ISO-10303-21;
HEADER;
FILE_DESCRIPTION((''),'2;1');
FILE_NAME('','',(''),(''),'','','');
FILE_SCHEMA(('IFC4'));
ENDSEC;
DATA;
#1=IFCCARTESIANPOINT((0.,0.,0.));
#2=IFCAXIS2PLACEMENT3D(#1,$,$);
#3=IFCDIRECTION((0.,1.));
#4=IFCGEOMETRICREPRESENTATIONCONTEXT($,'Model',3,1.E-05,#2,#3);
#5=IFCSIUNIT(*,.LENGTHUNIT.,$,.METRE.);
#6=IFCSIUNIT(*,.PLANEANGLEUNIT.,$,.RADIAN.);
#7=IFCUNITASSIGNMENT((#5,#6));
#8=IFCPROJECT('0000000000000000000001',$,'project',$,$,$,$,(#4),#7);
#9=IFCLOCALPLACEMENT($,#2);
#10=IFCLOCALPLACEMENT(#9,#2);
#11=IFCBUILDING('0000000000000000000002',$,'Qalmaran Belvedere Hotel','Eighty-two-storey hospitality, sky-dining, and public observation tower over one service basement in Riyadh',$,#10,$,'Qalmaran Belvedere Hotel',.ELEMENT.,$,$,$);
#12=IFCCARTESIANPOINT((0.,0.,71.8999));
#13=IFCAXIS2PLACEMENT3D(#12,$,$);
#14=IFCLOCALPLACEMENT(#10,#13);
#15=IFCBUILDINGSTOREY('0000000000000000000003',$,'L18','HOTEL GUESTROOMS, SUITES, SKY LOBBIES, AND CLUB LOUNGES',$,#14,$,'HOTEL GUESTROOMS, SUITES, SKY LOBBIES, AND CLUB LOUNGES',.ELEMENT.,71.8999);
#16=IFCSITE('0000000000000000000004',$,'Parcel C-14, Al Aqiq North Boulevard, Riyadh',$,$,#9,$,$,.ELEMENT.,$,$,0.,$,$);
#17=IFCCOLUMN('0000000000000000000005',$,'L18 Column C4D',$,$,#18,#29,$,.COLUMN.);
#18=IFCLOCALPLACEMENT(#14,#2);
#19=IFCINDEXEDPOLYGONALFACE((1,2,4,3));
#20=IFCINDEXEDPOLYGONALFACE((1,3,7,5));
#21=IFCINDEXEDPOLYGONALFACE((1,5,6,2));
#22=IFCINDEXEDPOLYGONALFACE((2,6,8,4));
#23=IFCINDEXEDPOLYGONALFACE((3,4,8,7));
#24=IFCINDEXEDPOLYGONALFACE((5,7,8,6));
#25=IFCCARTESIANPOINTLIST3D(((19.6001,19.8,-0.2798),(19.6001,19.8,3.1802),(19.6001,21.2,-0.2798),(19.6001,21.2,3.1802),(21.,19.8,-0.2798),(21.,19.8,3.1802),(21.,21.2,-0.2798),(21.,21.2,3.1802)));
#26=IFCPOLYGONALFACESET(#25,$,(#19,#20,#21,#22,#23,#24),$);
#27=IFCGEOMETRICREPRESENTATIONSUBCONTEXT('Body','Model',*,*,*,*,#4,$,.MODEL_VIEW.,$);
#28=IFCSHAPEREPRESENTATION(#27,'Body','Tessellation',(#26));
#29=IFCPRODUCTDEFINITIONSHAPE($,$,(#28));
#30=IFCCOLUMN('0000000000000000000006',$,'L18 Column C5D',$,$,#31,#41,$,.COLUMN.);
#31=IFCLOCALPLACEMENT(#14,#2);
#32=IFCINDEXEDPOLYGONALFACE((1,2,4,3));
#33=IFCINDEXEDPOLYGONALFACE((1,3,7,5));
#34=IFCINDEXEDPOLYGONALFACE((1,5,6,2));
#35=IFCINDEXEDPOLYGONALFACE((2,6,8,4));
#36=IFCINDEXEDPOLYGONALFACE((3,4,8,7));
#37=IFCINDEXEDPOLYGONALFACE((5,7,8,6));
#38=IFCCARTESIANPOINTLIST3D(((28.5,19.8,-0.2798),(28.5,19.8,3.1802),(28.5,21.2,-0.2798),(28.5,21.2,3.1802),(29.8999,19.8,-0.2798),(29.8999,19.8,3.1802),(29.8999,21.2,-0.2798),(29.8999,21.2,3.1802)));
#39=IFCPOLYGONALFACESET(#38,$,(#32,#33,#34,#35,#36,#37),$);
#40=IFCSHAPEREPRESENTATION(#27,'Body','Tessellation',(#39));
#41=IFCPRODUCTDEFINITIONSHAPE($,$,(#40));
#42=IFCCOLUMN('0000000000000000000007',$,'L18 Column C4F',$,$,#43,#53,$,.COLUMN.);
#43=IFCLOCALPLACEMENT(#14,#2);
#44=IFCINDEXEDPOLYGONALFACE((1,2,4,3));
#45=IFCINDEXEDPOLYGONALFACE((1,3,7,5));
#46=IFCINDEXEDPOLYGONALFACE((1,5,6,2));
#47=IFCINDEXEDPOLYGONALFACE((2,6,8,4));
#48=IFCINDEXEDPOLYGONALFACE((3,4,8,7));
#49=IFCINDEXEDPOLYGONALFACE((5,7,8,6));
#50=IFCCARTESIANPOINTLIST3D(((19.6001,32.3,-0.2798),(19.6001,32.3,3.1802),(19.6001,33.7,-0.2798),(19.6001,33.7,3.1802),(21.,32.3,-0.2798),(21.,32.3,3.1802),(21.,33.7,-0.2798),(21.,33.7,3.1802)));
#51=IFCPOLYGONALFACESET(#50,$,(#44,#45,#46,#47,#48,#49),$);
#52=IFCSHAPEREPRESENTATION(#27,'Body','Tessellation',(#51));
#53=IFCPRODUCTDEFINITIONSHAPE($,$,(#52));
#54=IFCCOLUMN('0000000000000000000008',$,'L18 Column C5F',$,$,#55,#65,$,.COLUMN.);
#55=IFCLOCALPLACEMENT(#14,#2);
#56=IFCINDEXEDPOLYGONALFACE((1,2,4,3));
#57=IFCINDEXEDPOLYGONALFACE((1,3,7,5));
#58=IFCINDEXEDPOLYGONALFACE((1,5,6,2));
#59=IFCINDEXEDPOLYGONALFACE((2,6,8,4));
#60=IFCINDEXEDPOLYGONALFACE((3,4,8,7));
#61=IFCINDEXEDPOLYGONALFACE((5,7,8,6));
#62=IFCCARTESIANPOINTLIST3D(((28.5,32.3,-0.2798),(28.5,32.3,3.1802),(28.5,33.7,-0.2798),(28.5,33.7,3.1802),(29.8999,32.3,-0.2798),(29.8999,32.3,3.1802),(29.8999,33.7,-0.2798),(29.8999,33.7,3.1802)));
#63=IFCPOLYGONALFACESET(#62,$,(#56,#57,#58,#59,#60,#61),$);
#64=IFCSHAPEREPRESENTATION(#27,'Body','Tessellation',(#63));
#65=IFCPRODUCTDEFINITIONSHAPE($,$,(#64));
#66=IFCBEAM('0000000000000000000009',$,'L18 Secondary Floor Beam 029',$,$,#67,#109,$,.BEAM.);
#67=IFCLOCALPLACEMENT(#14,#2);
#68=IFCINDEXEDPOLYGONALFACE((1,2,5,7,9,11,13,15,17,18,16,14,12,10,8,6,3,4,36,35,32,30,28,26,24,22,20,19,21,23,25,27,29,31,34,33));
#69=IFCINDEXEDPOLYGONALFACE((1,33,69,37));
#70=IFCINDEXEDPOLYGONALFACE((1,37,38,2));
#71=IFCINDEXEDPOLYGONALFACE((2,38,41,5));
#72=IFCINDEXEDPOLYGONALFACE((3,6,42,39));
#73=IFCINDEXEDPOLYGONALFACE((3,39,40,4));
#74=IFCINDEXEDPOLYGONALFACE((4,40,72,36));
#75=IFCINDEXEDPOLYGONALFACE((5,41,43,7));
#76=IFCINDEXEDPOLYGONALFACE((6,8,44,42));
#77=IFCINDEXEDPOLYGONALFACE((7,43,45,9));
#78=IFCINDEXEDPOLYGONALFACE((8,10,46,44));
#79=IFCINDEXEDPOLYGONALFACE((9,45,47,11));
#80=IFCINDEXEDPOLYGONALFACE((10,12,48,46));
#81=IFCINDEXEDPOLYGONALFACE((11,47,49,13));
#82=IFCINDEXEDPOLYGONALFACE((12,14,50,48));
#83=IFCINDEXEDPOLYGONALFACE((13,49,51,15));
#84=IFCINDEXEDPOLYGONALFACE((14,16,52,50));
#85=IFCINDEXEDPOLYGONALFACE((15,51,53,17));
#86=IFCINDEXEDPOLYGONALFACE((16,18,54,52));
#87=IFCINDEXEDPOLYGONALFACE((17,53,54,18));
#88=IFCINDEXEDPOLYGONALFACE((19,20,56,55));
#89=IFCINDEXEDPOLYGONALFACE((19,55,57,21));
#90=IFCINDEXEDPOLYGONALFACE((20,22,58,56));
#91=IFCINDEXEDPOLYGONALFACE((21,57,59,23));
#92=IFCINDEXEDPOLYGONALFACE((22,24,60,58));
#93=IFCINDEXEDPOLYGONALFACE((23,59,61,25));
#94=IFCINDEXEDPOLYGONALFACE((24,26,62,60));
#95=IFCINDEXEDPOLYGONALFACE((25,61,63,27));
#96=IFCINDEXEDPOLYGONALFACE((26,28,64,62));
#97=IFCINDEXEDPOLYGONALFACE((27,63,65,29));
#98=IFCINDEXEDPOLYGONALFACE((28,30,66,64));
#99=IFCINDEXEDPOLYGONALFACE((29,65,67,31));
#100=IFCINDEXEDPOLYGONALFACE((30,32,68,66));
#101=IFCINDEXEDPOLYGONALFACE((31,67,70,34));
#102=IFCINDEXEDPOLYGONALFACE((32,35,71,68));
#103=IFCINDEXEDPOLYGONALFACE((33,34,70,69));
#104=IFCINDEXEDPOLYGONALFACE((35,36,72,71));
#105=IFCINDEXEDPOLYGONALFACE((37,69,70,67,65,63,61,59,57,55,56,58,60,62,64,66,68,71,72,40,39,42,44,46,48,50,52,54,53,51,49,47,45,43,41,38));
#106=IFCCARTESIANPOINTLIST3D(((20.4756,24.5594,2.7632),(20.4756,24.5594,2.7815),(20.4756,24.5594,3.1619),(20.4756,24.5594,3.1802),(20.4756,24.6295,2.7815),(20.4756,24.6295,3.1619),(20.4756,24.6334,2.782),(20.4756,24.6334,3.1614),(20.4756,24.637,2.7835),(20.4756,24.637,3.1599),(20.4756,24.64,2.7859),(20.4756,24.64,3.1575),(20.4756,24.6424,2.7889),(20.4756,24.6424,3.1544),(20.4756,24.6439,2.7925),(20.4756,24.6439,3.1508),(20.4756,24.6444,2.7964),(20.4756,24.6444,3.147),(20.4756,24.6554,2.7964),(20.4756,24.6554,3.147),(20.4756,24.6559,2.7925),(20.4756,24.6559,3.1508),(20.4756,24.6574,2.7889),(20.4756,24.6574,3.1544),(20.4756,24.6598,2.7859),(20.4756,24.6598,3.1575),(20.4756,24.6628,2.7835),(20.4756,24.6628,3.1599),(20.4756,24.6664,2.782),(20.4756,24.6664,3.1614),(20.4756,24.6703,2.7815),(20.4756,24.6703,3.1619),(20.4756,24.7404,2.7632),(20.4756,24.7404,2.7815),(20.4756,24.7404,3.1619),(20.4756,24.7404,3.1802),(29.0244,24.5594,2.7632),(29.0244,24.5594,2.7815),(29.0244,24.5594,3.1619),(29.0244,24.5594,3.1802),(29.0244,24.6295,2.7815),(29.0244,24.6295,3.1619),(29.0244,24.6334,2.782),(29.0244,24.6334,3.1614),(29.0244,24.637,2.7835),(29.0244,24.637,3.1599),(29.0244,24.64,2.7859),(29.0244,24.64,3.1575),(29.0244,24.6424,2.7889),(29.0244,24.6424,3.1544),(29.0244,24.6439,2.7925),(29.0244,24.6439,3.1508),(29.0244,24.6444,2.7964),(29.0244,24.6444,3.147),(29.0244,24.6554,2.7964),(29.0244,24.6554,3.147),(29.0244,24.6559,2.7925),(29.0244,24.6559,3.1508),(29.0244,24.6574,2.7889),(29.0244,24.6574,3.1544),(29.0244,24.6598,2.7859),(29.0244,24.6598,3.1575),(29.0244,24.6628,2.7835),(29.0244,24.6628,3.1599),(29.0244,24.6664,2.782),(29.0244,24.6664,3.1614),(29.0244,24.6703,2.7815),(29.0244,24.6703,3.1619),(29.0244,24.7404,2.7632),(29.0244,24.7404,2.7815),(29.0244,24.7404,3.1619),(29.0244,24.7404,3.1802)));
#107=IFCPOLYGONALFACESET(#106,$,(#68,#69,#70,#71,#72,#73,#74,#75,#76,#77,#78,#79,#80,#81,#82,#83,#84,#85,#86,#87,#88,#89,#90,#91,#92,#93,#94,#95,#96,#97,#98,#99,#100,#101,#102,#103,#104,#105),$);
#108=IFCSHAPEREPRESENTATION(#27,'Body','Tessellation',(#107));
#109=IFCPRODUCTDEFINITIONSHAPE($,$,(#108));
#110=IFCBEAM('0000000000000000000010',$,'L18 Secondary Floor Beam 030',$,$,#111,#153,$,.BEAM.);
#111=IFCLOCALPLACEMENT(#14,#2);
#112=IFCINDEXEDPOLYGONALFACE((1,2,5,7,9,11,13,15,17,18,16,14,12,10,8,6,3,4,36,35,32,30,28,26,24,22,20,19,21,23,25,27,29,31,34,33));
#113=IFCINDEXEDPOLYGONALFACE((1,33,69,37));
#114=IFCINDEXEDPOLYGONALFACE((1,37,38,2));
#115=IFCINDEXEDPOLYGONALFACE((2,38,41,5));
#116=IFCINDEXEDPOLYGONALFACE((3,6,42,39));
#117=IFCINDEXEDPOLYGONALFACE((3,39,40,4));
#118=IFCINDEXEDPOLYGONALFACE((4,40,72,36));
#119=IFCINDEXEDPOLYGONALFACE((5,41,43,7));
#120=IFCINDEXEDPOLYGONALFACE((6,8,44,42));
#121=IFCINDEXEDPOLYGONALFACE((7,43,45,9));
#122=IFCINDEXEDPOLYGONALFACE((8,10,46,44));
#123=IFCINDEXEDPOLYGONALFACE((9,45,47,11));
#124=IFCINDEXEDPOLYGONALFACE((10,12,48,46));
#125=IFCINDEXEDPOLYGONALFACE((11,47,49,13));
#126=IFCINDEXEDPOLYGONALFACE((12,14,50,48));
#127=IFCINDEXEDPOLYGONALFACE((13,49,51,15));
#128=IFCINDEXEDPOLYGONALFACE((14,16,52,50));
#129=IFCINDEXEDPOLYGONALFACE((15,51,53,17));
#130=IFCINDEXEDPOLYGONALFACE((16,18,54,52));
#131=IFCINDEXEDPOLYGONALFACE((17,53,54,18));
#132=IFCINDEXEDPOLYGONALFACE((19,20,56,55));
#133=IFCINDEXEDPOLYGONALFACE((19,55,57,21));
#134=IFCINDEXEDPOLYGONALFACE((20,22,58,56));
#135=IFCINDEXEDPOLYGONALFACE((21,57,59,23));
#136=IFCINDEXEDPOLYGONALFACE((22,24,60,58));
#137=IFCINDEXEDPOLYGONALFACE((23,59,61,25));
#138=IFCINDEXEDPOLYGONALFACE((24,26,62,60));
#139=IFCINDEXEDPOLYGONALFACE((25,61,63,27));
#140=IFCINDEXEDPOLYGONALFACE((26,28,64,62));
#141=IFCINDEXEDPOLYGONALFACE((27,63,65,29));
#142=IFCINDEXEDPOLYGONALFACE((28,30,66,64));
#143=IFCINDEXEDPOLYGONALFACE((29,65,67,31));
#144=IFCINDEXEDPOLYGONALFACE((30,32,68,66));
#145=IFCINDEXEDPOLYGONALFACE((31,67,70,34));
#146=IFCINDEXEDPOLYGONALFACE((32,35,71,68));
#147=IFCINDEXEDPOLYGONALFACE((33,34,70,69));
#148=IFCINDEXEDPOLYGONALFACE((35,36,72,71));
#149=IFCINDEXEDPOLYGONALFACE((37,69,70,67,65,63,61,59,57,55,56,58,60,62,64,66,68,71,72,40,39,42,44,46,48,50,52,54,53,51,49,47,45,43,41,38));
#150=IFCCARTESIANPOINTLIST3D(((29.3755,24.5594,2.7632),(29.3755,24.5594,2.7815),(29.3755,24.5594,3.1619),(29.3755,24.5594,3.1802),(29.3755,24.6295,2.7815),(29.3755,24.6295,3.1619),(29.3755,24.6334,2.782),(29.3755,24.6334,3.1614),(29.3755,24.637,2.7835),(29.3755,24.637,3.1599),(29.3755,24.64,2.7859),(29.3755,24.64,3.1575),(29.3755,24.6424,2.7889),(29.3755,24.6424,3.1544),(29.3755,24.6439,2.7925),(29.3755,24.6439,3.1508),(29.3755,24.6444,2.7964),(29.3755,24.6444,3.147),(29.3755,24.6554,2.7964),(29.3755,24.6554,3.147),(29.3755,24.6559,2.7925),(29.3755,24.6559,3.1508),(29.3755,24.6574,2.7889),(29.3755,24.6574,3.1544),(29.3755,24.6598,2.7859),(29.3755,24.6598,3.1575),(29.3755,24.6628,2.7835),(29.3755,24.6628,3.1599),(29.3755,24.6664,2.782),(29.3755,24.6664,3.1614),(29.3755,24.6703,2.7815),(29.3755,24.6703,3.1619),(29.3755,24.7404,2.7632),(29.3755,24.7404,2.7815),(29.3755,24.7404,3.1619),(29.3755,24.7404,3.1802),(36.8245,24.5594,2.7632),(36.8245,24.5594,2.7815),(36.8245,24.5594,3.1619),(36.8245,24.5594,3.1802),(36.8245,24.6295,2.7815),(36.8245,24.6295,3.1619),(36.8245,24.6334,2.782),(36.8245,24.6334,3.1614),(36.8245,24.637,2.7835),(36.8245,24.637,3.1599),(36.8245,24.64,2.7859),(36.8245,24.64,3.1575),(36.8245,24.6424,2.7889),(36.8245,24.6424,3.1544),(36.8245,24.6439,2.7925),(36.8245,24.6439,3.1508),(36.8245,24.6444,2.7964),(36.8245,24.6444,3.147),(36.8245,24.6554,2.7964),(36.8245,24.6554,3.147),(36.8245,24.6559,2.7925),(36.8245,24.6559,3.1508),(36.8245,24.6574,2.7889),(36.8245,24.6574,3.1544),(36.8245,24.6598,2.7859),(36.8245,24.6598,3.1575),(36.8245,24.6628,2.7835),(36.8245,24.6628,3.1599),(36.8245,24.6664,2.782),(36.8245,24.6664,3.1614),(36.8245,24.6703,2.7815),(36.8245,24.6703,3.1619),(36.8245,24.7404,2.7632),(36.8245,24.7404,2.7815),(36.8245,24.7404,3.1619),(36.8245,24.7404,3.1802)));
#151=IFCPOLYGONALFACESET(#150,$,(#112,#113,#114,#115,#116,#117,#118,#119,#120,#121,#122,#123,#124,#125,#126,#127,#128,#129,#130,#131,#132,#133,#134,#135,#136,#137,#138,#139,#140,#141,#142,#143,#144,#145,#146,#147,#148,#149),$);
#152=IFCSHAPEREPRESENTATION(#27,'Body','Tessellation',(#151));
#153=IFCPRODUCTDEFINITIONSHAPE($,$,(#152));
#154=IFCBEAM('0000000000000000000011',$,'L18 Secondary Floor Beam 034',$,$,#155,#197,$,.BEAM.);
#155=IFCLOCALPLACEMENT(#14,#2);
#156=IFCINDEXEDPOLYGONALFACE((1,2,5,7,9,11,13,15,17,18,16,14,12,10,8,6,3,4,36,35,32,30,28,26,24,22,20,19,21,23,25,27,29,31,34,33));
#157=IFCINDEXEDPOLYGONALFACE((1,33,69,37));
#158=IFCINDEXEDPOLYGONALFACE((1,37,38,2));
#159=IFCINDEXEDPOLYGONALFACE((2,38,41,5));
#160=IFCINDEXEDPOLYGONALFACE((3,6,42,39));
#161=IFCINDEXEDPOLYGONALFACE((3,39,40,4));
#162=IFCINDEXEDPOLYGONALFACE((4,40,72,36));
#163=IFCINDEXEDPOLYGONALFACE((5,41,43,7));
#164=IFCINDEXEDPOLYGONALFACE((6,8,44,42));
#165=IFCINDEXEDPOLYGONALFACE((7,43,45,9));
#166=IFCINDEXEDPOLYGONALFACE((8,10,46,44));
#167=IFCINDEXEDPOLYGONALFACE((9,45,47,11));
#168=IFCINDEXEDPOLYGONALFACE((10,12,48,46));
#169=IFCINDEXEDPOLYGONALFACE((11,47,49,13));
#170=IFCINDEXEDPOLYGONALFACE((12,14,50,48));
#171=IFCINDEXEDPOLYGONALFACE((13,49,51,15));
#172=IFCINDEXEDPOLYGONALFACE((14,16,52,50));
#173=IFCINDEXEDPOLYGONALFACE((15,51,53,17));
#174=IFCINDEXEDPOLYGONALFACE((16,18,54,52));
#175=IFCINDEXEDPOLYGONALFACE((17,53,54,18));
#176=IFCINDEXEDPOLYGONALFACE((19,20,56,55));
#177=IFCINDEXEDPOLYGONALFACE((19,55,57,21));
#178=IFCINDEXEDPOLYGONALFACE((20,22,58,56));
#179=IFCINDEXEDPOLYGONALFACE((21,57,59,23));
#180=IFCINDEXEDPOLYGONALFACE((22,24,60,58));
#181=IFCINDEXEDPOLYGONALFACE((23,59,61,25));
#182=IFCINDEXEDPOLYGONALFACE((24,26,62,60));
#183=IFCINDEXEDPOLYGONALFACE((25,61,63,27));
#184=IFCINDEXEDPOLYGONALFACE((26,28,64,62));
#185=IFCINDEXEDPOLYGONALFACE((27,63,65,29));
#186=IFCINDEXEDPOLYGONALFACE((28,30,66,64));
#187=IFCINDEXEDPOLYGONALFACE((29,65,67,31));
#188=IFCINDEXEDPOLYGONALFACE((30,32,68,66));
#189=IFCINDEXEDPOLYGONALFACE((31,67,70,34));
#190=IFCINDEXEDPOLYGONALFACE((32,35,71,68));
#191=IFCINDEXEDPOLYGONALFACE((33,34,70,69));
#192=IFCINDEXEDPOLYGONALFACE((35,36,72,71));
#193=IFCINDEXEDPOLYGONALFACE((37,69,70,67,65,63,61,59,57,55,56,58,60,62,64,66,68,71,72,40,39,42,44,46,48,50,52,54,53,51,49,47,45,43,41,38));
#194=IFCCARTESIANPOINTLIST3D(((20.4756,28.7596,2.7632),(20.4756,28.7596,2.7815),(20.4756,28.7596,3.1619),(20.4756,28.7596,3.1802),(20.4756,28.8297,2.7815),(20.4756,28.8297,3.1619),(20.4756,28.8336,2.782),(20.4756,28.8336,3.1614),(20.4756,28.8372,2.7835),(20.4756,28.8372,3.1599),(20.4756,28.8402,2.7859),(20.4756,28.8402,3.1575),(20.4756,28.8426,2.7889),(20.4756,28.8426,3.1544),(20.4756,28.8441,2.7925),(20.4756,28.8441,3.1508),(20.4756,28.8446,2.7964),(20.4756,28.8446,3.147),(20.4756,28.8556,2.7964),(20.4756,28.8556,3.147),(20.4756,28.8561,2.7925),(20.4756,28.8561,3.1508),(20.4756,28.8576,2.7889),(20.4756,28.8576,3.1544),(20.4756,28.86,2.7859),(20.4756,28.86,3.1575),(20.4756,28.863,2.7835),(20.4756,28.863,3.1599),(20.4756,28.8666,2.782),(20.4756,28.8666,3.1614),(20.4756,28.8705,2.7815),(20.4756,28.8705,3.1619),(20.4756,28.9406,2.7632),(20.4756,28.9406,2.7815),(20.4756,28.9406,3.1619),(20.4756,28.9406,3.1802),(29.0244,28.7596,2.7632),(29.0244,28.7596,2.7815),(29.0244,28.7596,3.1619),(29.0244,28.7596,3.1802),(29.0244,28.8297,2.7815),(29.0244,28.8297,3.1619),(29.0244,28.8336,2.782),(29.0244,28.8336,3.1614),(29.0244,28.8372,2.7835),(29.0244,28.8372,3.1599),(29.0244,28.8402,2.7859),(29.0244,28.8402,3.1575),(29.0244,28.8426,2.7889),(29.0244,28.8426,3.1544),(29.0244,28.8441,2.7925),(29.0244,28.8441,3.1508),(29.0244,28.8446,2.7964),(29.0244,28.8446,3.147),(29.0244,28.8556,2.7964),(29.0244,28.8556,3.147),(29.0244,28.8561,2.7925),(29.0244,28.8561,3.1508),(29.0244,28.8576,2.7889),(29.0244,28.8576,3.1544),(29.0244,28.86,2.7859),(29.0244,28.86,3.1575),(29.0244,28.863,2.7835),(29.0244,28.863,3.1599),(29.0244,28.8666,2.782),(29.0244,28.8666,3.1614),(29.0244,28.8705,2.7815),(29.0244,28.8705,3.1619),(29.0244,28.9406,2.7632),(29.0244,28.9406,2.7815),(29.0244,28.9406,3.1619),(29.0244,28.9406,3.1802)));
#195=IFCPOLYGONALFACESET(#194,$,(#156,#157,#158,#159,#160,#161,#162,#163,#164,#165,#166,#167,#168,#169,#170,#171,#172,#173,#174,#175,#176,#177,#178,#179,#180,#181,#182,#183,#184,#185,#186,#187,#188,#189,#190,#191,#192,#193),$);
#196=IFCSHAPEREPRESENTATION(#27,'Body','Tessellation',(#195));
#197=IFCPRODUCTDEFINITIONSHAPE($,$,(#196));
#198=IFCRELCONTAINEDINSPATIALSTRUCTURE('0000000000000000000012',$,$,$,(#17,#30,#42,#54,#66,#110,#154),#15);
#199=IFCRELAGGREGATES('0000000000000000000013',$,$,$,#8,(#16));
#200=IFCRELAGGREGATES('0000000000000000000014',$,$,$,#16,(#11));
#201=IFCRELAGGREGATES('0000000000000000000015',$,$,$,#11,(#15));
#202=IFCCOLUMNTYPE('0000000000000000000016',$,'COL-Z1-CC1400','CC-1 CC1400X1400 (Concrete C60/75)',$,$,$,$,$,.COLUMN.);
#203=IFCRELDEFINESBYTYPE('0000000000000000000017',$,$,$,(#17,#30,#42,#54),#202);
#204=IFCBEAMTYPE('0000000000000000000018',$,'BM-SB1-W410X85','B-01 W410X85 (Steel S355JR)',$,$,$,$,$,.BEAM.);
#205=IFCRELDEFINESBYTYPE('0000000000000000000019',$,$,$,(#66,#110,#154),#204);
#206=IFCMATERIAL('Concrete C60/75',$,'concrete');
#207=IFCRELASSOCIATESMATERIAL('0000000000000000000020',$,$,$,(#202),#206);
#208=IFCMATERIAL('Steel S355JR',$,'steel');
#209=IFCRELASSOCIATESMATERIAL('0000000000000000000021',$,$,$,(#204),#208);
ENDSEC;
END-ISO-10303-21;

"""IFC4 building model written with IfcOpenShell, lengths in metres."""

from ifc_helpers import new_model, si_unit, direction, frame, origin, origin_2d, place, context, subcontext, project, spatial, rectangle, i_section, extrude, material, material_profile, profile_set, type_object, element, save


model = new_model("IFC4")

# Units and contexts
model_context = context("Model", 3, precision=1e-05, world=origin(), true_north=direction((0.0, 1.0)))
body_context = subcontext(model_context, "Body", "Model", "MODEL_VIEW")
ifc_project = project(units=[si_unit("LENGTHUNIT", "METRE"), si_unit("PLANEANGLEUNIT", "RADIAN")], contexts=[model_context])

# Site, building, storey
site_placement = place(None, origin())
site = spatial("IfcSite", under=ifc_project, at=site_placement, Name="Parcel C-14, Al Aqiq North Boulevard, Riyadh", CompositionType="ELEMENT", RefElevation=0.0)
building_placement = place(site_placement, origin())
building = spatial("IfcBuilding", under=site, at=building_placement, Name="Qalmaran Belvedere Hotel", Description="Eighty-two-storey hospitality, sky-dining, and public observation tower over one service basement in Riyadh", LongName="Qalmaran Belvedere Hotel", CompositionType="ELEMENT")
storey_placement = place(building_placement, frame((0.0, 0.0, 71.8999)))
storey = spatial("IfcBuildingStorey", under=building, at=storey_placement, Name="L18", Description="HOTEL GUESTROOMS, SUITES, SKY LOBBIES, AND CLUB LOUNGES", LongName="HOTEL GUESTROOMS, SUITES, SKY LOBBIES, AND CLUB LOUNGES", CompositionType="ELEMENT", Elevation=71.8999)

# Columns
ifc_material_1 = material(Name="Concrete C60/75", Category="concrete")
ifc_material_profile_1 = material_profile(ifc_material_1, rectangle(XDim=1.3999, YDim=1.3999, at=origin_2d()), Name="CC1400X1400")
ifc_profile_set_1 = profile_set([ifc_material_profile_1], Name="Concrete C60/75")
column_type = type_object("IfcColumnType", Name="COL-Z1-CC1400", Description="CC-1 CC1400X1400 (Concrete C60/75)", PredefinedType="COLUMN", material=ifc_profile_set_1)
for number, where, z_axis, x_axis, name in (
    (1, (20.3, 20.5, -0.2798), (0.0, 0.0, 1.0), (1.0, 0.0, 0.0), "L18 Column C4D"),
    (2, (29.2, 20.5, -0.2798), (0.0, 0.0, 1.0), (1.0, 0.0, 0.0), "L18 Column C5D"),
    (3, (20.3, 33.0, -0.2798), (0.0, 0.0, 1.0), (1.0, 0.0, 0.0), "L18 Column C4F"),
    (4, (29.2, 33.0, -0.2798), (0.0, 0.0, 1.0), (1.0, 0.0, 0.0), "L18 Column C5F"),
):
    element("IfcColumn", number, at=place(storey_placement, frame(where, z_axis=z_axis, x_axis=x_axis)), inside=storey, type_object=column_type, Name=name, PredefinedType="COLUMN", context=body_context, shape_type="SweptSolid", body=[
        extrude(rectangle(XDim=1.3999, YDim=1.3999, at=origin_2d()), origin(), (0.0, 0.0, 1.0), 3.46),
    ])

# Beams
ifc_material_2 = material(Name="Steel S355JR", Category="steel")
ifc_material_profile_2 = material_profile(ifc_material_2, i_section(OverallWidth=0.1809, OverallDepth=0.417, WebThickness=0.011, FlangeThickness=0.0183, FilletRadius=0.0149, at=origin_2d()), Name="W410X85")
ifc_profile_set_2 = profile_set([ifc_material_profile_2], Name="Steel S355JR")
beam_type_1 = type_object("IfcBeamType", Name="BM-SB1-W410X85", Description="B-01 W410X85 (Steel S355JR)", PredefinedType="BEAM", material=ifc_profile_set_2)
beam_1_placement = place(storey_placement, frame((20.4756, 24.6499, 2.9717), z_axis=(1.0, 0.0, 0.0), x_axis=(0.0, 1.0, 0.0)))
element("IfcBeam", 5, at=beam_1_placement, inside=storey, type_object=beam_type_1, Name="L18 Secondary Floor Beam 029", PredefinedType="BEAM", context=body_context, shape_type="SweptSolid", body=[
    extrude(i_section(OverallWidth=0.1809, OverallDepth=0.417, WebThickness=0.011, FlangeThickness=0.0183, FilletRadius=0.0149, at=origin_2d()), origin(), (0.0, 0.0, 1.0), 8.5488),
])
beam_2_placement = place(storey_placement, frame((29.3755, 24.6499, 2.9717), z_axis=(1.0, 0.0, 0.0), x_axis=(0.0, 1.0, 0.0)))
element("IfcBeam", 6, at=beam_2_placement, inside=storey, type_object=beam_type_1, Name="L18 Secondary Floor Beam 030", PredefinedType="BEAM", context=body_context, shape_type="SweptSolid", body=[
    extrude(i_section(OverallWidth=0.1809, OverallDepth=0.417, WebThickness=0.011, FlangeThickness=0.0183, FilletRadius=0.0149, at=origin_2d()), origin(), (0.0, 0.0, 1.0), 7.449),
])
beam_3_placement = place(storey_placement, frame((20.4756, 28.8501, 2.9717), z_axis=(1.0, 0.0, 0.0), x_axis=(0.0, 1.0, 0.0)))
element("IfcBeam", 7, at=beam_3_placement, inside=storey, type_object=beam_type_1, Name="L18 Secondary Floor Beam 034", PredefinedType="BEAM", context=body_context, shape_type="SweptSolid", body=[
    extrude(i_section(OverallWidth=0.1809, OverallDepth=0.417, WebThickness=0.011, FlangeThickness=0.0183, FilletRadius=0.0149, at=origin_2d()), origin(), (0.0, 0.0, 1.0), 8.5488),
])

save(model, "model.ifc")
